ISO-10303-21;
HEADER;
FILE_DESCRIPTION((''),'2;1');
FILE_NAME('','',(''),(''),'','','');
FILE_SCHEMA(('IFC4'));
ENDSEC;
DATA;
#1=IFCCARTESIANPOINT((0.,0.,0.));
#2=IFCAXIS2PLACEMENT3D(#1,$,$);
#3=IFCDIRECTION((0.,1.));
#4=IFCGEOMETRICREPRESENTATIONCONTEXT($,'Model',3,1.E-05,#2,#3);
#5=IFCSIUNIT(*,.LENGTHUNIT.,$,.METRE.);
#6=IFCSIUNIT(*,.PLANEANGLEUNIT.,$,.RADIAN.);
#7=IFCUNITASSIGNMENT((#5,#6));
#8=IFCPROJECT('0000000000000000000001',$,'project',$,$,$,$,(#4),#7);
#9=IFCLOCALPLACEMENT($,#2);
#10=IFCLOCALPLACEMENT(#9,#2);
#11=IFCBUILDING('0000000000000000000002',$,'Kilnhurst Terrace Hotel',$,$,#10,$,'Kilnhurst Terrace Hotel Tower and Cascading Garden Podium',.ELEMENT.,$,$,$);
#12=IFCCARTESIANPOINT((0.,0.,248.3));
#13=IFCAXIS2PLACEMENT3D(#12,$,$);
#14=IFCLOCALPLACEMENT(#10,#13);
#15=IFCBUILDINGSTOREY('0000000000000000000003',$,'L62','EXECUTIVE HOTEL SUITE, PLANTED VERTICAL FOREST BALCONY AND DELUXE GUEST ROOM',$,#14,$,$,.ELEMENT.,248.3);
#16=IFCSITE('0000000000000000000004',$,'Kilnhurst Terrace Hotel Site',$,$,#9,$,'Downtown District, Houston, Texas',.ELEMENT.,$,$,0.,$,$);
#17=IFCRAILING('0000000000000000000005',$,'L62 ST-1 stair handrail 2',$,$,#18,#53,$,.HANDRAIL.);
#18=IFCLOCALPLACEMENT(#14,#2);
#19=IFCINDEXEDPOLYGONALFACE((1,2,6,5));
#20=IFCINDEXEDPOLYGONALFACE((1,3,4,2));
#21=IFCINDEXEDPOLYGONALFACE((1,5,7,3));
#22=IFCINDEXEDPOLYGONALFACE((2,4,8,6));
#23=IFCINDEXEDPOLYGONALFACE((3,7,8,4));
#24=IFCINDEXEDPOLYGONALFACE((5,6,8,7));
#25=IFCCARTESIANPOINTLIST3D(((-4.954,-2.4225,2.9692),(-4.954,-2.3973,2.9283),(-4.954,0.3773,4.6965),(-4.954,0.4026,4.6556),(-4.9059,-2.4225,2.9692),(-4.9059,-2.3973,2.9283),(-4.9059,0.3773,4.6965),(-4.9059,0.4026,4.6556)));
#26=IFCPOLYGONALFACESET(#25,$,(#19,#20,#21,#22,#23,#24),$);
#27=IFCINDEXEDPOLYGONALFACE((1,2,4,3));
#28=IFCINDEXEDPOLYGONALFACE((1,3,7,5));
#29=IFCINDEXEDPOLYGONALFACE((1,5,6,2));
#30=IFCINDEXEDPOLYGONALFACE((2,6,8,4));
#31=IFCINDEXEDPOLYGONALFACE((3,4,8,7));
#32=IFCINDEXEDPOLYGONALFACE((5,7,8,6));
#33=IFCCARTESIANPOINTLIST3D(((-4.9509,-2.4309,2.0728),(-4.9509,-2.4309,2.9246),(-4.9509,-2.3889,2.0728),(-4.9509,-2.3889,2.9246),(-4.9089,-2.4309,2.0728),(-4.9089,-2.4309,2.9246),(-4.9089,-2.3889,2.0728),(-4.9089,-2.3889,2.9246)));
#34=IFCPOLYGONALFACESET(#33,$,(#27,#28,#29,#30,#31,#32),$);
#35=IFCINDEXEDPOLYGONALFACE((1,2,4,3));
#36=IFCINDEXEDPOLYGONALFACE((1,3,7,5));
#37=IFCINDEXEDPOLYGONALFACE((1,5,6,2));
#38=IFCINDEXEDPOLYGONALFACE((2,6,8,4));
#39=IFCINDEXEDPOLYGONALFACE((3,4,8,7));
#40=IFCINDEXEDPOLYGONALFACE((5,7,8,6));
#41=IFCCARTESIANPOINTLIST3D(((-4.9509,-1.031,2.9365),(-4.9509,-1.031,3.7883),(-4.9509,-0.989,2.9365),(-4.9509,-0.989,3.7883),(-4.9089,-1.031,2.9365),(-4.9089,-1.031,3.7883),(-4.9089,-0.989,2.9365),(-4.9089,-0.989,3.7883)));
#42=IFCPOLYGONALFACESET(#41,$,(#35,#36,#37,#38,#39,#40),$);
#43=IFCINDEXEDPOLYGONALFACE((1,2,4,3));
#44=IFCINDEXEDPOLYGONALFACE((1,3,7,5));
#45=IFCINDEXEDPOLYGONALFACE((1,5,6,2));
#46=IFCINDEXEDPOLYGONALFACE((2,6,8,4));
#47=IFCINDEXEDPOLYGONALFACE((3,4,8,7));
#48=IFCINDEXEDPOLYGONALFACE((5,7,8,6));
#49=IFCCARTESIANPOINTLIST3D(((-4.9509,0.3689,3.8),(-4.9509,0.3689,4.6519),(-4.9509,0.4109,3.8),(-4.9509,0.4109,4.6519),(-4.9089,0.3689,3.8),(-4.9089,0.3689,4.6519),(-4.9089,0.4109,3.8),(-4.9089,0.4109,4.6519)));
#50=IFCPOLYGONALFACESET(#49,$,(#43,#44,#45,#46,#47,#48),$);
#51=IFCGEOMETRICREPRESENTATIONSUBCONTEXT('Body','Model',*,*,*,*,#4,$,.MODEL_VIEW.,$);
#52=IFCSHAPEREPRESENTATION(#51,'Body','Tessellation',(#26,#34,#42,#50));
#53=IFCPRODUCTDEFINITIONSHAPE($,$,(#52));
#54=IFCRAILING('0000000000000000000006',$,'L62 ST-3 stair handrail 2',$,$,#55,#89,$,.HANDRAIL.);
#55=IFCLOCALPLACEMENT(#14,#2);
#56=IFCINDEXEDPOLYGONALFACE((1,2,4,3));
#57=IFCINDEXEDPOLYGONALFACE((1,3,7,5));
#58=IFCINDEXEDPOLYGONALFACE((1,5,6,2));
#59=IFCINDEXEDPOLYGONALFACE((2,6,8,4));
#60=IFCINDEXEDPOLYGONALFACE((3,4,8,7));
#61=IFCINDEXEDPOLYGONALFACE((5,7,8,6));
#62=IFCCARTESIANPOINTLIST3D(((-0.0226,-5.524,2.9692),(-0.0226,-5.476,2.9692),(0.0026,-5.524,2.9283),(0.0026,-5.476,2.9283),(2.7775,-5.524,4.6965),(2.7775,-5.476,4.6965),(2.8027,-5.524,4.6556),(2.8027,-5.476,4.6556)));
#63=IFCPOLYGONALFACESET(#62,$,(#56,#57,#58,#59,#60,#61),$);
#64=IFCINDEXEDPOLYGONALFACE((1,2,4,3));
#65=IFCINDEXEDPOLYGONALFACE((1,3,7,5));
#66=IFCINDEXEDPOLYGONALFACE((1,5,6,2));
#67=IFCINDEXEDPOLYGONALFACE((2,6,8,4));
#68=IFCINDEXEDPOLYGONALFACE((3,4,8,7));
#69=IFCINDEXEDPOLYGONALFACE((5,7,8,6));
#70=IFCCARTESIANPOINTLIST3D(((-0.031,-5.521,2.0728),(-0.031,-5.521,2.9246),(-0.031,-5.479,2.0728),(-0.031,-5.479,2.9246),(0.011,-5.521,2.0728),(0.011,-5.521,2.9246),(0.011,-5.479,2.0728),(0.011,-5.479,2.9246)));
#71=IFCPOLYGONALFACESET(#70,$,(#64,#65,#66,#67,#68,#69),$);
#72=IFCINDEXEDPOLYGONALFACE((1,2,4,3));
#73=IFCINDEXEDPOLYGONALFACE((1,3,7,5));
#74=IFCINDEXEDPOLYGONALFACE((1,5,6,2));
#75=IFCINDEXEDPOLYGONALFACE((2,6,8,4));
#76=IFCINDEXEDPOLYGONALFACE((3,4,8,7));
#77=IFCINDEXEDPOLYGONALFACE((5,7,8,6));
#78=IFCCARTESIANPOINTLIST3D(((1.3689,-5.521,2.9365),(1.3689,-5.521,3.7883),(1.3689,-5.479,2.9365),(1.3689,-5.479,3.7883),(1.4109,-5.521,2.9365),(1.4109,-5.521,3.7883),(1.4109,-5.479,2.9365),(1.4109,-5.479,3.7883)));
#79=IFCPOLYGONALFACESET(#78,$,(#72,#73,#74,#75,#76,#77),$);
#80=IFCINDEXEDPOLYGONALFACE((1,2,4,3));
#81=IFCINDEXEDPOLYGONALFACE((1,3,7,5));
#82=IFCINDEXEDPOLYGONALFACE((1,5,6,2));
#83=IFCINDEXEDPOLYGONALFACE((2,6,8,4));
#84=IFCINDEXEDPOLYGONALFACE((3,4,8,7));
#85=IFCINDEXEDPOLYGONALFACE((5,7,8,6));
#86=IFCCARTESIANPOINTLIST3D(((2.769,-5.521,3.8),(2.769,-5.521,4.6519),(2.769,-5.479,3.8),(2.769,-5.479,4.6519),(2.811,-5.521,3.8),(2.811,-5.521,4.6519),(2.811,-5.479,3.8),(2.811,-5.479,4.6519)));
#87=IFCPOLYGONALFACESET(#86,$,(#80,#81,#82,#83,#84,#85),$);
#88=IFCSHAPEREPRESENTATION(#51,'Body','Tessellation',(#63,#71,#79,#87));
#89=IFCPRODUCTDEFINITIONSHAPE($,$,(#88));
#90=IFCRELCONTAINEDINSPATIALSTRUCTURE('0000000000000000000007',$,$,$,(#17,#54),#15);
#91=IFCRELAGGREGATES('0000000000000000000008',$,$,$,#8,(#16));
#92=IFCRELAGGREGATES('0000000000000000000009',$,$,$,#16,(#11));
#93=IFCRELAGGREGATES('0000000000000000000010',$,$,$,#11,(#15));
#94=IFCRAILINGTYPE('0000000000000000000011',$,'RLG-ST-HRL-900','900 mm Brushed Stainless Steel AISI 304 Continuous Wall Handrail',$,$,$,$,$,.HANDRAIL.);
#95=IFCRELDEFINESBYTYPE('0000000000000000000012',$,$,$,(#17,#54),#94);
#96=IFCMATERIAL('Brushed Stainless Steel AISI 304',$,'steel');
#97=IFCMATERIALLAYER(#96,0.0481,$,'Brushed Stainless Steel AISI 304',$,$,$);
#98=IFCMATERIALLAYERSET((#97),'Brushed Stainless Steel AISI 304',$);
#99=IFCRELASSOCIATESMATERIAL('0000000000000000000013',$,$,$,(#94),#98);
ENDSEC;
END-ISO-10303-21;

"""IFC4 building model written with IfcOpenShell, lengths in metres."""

from ifc_helpers import new_model, si_unit, direction, frame, origin, origin_2d, place, context, subcontext, project, spatial, rectangle, extrude, material, layer, layer_set, type_object, element, save


model = new_model("IFC4")

# Units and contexts
model_context = context("Model", 3, precision=1e-05, world=origin(), true_north=direction((0.0, 1.0)))
body_context = subcontext(model_context, "Body", "Model", "MODEL_VIEW")
ifc_project = project(units=[si_unit("LENGTHUNIT", "METRE"), si_unit("PLANEANGLEUNIT", "RADIAN")], contexts=[model_context])

# Site, building, storey
site_placement = place(None, origin())
site = spatial("IfcSite", under=ifc_project, at=site_placement, Name="Kilnhurst Terrace Hotel Site", LongName="Downtown District, Houston, Texas", CompositionType="ELEMENT", RefElevation=0.0)
building_placement = place(site_placement, origin())
building = spatial("IfcBuilding", under=site, at=building_placement, Name="Kilnhurst Terrace Hotel", LongName="Kilnhurst Terrace Hotel Tower and Cascading Garden Podium", CompositionType="ELEMENT")
storey_placement = place(building_placement, frame((0.0, 0.0, 248.3)))
storey = spatial("IfcBuildingStorey", under=building, at=storey_placement, Name="L62", Description="EXECUTIVE HOTEL SUITE, PLANTED VERTICAL FOREST BALCONY AND DELUXE GUEST ROOM", CompositionType="ELEMENT", Elevation=248.3)

# Railings
ifc_material_1 = material(Name="Brushed Stainless Steel AISI 304", Category="steel")
ifc_layer_1 = layer(ifc_material_1, 0.0481, Name="Brushed Stainless Steel AISI 304")
ifc_layer_set_1 = layer_set([ifc_layer_1], Name="Brushed Stainless Steel AISI 304")
railing_type_1 = type_object("IfcRailingType", Name="RLG-ST-HRL-900", Description="900 mm Brushed Stainless Steel AISI 304 Continuous Wall Handrail", PredefinedType="HANDRAIL", material=ifc_layer_set_1)
railing_1_placement = place(storey_placement, frame((-4.9299, -2.4099, 2.0728)))
element("IfcRailing", 1, at=railing_1_placement, inside=storey, type_object=railing_type_1, Name="L62 ST-1 stair handrail 2", PredefinedType="HANDRAIL", context=body_context, shape_type="SweptSolid", body=[
    extrude(rectangle(XDim=0.0481, YDim=0.0481, at=origin_2d()), frame((0.0, 0.0, 0.876), z_axis=(0.0, 0.851069, 0.525054), x_axis=(-1.0, 0.0, 0.0)), (0.0, 0.0, 1.0), 3.2898),
    extrude(rectangle(XDim=0.042, YDim=0.042, at=origin_2d()), origin(), (0.0, 0.0, 1.0), 0.8518),
    extrude(rectangle(XDim=0.042, YDim=0.042, at=origin_2d()), frame((0.0, 1.3999, 0.8638)), (0.0, 0.0, 1.0), 0.8518),
    extrude(rectangle(XDim=0.042, YDim=0.042, at=origin_2d()), frame((0.0, 2.7998, 1.7273)), (0.0, 0.0, 1.0), 0.8518),
])
railing_2_placement = place(storey_placement, frame((-0.01, -5.5, 2.0728)))
element("IfcRailing", 2, at=railing_2_placement, inside=storey, type_object=railing_type_1, Name="L62 ST-3 stair handrail 2", PredefinedType="HANDRAIL", context=body_context, shape_type="SweptSolid", body=[
    extrude(rectangle(XDim=0.0481, YDim=0.0481, at=origin_2d()), frame((0.0, 0.0, 0.876), z_axis=(0.85109, 0.0, 0.52502), x_axis=(0.0, 1.0, 0.0)), (0.0, 0.0, 1.0), 3.29),
    extrude(rectangle(XDim=0.042, YDim=0.042, at=origin_2d()), origin(), (0.0, 0.0, 1.0), 0.8518),
    extrude(rectangle(XDim=0.042, YDim=0.042, at=origin_2d()), frame((1.3999, 0.0, 0.8638)), (0.0, 0.0, 1.0), 0.8518),
    extrude(rectangle(XDim=0.042, YDim=0.042, at=origin_2d()), frame((2.8, 0.0, 1.7273)), (0.0, 0.0, 1.0), 0.8518),
])

save(model, "model.ifc")
